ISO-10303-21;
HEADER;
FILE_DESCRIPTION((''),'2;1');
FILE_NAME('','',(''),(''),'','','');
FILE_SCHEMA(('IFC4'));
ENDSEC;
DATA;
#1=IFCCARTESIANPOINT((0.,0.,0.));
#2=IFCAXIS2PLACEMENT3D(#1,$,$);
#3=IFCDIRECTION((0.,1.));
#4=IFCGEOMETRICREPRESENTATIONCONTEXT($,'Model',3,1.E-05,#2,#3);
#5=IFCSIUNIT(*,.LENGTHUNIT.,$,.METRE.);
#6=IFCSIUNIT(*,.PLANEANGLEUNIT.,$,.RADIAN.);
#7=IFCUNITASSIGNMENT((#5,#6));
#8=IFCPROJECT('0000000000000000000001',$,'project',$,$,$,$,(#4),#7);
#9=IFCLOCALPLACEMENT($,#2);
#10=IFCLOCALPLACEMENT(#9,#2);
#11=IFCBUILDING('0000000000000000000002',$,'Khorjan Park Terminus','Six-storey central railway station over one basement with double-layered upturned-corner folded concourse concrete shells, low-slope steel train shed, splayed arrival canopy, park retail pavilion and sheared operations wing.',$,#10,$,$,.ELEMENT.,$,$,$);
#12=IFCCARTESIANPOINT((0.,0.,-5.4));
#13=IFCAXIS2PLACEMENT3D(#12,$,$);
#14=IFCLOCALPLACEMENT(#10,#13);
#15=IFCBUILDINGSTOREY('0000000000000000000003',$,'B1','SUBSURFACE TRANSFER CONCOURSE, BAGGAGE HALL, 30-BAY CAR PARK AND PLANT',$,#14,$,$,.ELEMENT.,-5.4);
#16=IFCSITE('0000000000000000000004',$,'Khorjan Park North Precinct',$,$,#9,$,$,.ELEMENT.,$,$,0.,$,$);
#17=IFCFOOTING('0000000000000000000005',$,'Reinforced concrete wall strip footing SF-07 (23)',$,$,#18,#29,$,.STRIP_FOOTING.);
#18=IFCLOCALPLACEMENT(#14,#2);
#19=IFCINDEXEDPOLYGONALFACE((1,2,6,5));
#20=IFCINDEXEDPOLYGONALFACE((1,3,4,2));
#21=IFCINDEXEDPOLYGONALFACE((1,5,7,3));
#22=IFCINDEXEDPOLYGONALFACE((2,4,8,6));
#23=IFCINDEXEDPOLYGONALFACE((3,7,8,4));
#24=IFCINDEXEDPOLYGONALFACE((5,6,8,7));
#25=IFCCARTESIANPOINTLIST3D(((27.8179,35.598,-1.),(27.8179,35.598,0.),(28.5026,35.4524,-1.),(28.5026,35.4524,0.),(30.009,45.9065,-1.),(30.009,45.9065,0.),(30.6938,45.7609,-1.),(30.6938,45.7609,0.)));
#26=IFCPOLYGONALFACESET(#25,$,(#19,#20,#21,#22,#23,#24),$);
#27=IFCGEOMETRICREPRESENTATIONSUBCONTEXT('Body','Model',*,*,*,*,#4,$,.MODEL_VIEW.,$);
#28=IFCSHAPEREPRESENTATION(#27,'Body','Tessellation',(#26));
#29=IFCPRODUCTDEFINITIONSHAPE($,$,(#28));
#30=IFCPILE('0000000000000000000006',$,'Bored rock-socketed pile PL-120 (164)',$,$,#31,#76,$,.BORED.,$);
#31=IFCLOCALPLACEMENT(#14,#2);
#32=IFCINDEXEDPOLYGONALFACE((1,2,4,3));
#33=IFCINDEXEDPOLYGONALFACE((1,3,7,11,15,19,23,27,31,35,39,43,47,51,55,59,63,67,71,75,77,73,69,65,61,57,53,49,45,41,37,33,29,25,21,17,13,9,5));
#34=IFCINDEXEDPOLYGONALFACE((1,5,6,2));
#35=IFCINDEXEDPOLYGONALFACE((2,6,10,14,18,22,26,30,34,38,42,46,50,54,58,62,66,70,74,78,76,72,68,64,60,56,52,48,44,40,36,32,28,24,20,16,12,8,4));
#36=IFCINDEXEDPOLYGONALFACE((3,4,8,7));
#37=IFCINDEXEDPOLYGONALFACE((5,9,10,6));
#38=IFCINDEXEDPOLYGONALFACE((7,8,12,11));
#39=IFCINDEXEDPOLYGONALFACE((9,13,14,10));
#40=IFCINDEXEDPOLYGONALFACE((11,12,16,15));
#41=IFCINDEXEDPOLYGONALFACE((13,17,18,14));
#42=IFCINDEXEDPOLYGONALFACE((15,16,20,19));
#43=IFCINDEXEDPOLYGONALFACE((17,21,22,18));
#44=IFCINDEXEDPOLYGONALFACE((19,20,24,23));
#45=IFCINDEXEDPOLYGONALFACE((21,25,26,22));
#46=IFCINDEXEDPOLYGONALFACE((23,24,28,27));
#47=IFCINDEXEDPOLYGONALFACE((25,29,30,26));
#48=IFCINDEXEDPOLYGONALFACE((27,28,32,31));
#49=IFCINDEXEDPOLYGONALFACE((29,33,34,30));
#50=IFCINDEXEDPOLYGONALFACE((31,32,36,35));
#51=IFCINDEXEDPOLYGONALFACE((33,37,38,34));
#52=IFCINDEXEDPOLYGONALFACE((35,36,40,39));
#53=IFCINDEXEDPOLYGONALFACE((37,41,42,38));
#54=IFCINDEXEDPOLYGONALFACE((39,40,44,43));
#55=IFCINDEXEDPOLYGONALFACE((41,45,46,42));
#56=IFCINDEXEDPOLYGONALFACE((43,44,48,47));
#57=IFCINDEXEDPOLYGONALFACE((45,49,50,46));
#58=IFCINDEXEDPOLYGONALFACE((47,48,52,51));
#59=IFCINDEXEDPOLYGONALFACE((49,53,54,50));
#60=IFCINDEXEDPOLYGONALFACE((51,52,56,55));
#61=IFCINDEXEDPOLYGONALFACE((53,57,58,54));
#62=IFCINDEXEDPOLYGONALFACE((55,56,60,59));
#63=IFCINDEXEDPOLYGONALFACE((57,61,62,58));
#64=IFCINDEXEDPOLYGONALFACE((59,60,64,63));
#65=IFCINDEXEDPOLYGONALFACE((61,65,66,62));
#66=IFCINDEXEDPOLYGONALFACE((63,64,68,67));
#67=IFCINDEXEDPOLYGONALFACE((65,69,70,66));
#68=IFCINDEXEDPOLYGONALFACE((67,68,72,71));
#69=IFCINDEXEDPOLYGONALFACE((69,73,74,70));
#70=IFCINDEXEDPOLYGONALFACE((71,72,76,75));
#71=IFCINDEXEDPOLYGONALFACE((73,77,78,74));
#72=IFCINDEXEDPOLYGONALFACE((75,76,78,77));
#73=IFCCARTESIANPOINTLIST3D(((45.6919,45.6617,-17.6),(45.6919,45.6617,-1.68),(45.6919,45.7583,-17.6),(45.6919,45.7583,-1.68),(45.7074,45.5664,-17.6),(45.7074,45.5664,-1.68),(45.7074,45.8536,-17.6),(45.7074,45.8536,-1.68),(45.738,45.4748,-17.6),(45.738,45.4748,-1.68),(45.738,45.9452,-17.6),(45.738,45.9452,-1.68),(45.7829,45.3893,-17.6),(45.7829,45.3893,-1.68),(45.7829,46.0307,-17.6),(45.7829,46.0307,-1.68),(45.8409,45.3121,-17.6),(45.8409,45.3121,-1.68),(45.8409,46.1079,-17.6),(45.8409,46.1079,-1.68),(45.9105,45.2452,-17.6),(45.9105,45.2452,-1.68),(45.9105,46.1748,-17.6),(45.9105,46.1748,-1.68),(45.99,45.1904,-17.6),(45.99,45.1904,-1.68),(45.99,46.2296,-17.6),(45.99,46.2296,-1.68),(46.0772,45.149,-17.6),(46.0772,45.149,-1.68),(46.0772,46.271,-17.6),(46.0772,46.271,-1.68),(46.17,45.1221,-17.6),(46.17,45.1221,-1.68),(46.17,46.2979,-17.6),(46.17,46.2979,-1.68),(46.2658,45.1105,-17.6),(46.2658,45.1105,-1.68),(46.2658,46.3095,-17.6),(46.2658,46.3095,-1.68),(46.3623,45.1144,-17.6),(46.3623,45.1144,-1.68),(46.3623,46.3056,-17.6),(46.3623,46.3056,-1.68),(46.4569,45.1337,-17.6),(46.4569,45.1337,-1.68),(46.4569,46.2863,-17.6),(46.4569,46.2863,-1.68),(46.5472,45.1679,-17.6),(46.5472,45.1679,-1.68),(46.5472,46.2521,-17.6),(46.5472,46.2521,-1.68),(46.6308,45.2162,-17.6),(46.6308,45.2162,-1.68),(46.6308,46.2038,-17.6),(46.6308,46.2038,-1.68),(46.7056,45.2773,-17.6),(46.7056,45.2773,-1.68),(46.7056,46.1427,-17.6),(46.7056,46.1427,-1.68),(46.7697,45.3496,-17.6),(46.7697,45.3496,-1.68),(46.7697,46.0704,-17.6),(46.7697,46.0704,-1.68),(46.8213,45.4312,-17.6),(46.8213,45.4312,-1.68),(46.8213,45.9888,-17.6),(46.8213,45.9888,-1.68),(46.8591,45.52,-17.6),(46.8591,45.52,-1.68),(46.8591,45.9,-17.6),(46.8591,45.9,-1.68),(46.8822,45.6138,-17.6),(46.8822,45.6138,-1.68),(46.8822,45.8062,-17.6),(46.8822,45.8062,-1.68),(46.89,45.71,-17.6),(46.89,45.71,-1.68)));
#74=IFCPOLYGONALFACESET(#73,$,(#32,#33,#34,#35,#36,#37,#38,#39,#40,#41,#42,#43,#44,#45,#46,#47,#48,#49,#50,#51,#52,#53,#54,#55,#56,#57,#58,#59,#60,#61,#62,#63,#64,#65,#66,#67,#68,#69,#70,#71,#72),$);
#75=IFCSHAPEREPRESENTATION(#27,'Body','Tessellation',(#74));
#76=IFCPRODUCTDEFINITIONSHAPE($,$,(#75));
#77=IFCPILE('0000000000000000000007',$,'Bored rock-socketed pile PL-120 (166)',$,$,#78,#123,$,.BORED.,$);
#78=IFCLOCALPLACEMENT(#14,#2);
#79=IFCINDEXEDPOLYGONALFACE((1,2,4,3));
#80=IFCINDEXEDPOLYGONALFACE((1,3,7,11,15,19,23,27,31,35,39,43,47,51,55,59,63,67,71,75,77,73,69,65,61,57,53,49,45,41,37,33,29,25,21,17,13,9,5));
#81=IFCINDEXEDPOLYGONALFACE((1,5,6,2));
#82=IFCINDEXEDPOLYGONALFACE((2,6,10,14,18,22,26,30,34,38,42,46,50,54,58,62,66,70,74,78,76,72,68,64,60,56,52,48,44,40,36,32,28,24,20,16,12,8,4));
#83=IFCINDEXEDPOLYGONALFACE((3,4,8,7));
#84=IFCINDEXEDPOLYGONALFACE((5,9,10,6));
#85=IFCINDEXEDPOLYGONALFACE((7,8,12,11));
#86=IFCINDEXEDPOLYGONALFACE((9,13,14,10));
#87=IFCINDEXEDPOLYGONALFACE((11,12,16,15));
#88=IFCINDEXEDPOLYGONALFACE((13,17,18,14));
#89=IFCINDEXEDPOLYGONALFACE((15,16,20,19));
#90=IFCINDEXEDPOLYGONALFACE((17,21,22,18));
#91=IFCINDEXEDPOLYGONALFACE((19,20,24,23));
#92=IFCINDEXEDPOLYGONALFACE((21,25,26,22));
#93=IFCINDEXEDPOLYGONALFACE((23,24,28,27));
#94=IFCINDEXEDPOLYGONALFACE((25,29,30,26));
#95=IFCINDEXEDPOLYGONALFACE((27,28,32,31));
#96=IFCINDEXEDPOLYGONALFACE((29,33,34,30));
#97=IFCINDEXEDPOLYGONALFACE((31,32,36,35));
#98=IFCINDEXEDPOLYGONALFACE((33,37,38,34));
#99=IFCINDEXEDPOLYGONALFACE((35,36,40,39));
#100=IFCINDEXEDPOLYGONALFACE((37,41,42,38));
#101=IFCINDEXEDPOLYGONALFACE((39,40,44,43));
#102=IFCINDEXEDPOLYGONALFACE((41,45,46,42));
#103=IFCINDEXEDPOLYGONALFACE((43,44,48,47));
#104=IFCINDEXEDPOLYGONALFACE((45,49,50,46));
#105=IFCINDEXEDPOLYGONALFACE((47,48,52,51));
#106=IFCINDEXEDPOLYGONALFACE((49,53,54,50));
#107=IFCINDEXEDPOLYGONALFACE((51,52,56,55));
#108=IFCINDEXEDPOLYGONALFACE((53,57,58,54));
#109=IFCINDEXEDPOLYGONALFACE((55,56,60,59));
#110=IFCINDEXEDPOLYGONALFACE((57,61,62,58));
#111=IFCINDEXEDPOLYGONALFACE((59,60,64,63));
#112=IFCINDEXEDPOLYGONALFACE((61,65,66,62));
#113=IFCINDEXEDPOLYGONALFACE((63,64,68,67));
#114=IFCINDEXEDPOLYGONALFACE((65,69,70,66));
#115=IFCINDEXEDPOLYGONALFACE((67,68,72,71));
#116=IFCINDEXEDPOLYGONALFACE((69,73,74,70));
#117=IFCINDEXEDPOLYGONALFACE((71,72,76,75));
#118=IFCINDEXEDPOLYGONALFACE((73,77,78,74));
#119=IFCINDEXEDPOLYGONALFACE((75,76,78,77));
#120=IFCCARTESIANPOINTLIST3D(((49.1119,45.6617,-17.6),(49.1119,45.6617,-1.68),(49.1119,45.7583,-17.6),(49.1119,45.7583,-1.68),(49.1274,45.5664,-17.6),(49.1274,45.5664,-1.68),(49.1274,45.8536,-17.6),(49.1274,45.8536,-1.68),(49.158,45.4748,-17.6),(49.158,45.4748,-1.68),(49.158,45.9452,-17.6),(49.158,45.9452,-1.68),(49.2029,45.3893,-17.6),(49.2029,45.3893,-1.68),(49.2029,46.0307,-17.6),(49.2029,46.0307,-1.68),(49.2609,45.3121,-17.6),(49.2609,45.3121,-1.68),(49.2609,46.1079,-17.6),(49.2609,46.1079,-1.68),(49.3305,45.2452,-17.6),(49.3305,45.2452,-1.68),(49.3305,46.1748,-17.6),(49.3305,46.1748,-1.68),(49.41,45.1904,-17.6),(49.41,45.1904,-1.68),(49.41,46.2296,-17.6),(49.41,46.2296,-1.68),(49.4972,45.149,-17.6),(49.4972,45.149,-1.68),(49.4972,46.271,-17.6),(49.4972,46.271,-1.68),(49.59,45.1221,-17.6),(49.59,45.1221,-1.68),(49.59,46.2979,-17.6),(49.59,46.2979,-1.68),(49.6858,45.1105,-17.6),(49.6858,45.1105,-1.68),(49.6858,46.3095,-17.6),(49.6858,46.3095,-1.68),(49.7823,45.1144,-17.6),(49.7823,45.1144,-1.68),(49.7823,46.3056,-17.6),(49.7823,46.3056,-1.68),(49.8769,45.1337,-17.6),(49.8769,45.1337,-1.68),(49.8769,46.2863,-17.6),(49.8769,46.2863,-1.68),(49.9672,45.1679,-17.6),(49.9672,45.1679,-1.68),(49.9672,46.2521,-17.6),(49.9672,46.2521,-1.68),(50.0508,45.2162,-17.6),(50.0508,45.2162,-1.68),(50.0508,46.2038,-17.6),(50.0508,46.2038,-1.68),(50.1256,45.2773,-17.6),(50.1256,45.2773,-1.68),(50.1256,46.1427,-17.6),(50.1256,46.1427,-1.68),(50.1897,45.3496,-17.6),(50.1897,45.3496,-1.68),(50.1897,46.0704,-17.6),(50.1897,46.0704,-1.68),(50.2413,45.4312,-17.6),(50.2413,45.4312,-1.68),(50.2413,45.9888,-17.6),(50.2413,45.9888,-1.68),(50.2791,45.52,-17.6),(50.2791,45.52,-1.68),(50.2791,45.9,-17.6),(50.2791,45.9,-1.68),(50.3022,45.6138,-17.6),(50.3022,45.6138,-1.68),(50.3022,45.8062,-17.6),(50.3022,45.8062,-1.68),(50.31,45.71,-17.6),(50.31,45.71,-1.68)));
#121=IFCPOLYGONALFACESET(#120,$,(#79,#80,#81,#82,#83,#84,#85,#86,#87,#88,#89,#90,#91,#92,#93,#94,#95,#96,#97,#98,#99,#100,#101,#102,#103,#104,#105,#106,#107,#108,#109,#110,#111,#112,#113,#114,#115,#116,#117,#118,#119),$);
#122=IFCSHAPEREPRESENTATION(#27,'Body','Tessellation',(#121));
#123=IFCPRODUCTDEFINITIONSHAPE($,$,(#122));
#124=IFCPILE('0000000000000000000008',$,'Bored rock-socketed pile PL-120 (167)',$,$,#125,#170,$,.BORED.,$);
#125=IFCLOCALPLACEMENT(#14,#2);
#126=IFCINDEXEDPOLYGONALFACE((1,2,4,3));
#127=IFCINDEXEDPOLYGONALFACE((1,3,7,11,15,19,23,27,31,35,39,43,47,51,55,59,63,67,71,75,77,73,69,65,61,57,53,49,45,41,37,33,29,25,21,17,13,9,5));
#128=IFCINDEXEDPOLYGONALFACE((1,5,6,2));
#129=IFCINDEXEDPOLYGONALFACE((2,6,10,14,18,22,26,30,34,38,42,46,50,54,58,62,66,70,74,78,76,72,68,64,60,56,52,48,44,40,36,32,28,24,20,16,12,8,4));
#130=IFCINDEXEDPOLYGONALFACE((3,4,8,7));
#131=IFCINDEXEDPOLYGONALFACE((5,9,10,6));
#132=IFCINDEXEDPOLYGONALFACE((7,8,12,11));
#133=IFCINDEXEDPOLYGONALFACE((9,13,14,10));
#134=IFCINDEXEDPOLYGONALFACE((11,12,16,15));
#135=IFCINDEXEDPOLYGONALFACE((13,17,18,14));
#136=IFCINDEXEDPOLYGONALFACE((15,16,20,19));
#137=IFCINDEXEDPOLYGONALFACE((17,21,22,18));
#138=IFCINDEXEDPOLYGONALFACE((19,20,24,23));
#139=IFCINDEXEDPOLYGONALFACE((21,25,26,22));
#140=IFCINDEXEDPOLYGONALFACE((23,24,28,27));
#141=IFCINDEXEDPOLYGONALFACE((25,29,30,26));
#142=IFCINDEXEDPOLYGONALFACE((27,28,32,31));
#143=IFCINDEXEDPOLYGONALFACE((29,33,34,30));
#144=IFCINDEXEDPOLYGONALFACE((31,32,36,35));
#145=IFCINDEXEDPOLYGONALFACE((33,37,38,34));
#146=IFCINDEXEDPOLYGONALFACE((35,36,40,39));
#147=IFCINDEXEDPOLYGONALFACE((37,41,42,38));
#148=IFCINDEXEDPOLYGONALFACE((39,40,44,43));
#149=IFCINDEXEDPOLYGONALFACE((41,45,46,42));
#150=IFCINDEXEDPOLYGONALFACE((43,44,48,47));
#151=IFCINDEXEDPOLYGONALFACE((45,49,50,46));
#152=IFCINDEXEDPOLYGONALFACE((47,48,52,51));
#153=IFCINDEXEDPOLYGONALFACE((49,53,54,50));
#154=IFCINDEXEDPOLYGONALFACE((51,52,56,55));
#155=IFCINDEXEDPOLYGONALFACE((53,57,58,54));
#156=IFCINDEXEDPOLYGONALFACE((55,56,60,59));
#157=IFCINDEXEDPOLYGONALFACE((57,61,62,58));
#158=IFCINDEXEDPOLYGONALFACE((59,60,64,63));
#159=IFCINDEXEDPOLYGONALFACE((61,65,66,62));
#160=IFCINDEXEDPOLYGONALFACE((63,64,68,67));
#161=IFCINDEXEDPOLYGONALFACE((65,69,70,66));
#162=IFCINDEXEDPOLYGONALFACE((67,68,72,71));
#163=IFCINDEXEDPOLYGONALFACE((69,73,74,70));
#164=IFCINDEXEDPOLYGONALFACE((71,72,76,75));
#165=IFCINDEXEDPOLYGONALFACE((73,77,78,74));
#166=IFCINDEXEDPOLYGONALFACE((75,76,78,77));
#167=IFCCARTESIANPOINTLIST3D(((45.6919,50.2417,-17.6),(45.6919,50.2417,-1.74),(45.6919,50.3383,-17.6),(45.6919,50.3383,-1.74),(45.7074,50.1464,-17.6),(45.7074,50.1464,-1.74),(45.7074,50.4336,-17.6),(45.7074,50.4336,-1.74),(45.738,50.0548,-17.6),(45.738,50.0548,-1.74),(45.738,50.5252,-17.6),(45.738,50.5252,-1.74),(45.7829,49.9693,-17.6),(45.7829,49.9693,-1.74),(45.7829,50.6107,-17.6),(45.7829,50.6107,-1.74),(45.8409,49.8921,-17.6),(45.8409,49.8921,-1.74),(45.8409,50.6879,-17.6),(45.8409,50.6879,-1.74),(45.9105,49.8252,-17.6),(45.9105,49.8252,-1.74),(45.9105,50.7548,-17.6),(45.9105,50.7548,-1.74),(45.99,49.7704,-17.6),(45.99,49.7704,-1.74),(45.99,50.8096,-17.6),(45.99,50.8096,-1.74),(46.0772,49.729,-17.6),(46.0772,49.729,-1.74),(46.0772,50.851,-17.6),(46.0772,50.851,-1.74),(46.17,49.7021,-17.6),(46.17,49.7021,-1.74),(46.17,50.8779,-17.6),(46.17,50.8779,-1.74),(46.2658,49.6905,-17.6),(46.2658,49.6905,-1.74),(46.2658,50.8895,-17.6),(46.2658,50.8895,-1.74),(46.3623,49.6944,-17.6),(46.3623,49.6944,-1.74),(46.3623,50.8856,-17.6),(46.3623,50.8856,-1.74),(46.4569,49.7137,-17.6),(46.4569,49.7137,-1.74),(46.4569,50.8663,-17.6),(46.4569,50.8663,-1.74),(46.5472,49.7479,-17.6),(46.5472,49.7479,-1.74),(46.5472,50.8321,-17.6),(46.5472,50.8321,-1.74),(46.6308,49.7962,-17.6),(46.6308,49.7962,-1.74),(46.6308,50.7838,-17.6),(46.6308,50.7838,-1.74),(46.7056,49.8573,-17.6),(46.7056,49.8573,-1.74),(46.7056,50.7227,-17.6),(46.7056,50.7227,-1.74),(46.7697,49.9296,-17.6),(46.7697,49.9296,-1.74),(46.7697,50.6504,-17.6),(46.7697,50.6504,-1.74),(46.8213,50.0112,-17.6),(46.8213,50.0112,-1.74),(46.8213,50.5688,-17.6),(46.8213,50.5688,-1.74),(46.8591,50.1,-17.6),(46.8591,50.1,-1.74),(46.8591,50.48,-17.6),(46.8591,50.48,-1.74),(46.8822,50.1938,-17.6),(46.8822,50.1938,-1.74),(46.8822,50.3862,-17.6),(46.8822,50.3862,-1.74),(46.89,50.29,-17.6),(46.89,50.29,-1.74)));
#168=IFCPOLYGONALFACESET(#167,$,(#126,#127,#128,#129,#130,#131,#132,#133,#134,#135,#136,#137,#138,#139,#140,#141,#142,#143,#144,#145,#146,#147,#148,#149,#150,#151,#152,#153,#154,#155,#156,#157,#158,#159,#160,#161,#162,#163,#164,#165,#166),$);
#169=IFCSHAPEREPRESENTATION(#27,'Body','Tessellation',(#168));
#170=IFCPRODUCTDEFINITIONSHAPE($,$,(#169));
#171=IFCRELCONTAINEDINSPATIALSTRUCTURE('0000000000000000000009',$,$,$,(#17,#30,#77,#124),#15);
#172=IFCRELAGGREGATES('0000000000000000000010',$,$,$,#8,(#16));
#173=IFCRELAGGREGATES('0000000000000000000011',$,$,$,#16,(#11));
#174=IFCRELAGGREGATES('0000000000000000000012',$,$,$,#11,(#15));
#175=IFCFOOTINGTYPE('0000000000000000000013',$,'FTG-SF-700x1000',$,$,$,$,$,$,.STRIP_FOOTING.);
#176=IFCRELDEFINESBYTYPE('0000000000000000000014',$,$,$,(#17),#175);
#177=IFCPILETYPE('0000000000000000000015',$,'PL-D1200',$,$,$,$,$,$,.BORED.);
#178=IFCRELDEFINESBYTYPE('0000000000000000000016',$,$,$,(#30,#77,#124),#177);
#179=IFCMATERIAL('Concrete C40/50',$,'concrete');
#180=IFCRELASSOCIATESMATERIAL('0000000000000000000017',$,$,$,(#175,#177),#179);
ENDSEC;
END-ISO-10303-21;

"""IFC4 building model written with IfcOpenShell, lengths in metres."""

from ifc_helpers import new_model, si_unit, direction, frame, origin, origin_2d, place, context, subcontext, project, spatial, rectangle, circle, extrude, material, material_profile, profile_set, type_object, element, save


model = new_model("IFC4")

# Units and contexts
model_context = context("Model", 3, precision=1e-05, world=origin(), true_north=direction((0.0, 1.0)))
body_context = subcontext(model_context, "Body", "Model", "MODEL_VIEW")
ifc_project = project(units=[si_unit("LENGTHUNIT", "METRE"), si_unit("PLANEANGLEUNIT", "RADIAN")], contexts=[model_context])

# Site, building, storey
site_placement = place(None, origin())
site = spatial("IfcSite", under=ifc_project, at=site_placement, Name="Khorjan Park North Precinct", CompositionType="ELEMENT", RefElevation=0.0)
building_placement = place(site_placement, origin())
building = spatial("IfcBuilding", under=site, at=building_placement, Name="Khorjan Park Terminus", Description="Six-storey central railway station over one basement with double-layered upturned-corner folded concourse concrete shells, low-slope steel train shed, splayed arrival canopy, park retail pavilion and sheared operations wing.", CompositionType="ELEMENT")
storey_placement = place(building_placement, frame((0.0, 0.0, -5.4)))
storey = spatial("IfcBuildingStorey", under=building, at=storey_placement, Name="B1", Description="SUBSURFACE TRANSFER CONCOURSE, BAGGAGE HALL, 30-BAY CAR PARK AND PLANT", CompositionType="ELEMENT", Elevation=-5.4)

# Footing
ifc_material_1 = material(Name="Concrete C40/50", Category="concrete")
ifc_material_profile_1 = material_profile(ifc_material_1, rectangle(XDim=0.7, YDim=1.0, at=origin_2d()), Name="RC 700x1000")
ifc_profile_set_1 = profile_set([ifc_material_profile_1], Name="Concrete C40/50")
footing_type_1 = type_object("IfcFootingType", Name="FTG-SF-700x1000", PredefinedType="STRIP_FOOTING", material=ifc_profile_set_1)
footing_1_placement = place(storey_placement, frame((30.3514, 45.8337, -0.5), z_axis=(-0.207917, -0.978146, 0.0), x_axis=(0.978146, -0.207917, 0.0)))
element("IfcFooting", 1, at=footing_1_placement, inside=storey, type_object=footing_type_1, Name="Reinforced concrete wall strip footing SF-07 (23)", PredefinedType="STRIP_FOOTING", context=body_context, shape_type="SweptSolid", body=[
    extrude(rectangle(XDim=0.7, YDim=1.0, at=origin_2d()), origin(), (0.0, 0.0, 1.0), 10.5388),
])

# Piles
ifc_material_profile_2 = material_profile(ifc_material_1, circle(Radius=0.6, at=origin_2d()), Name="BORED D1200")
ifc_profile_set_2 = profile_set([ifc_material_profile_2], Name="Concrete C40/50")
pile_type_1 = type_object("IfcPileType", Name="PL-D1200", PredefinedType="BORED", material=ifc_profile_set_2)
for number, where, z_axis, x_axis, name in (
    (2, (46.29, 45.71, -1.68), (0.0, 0.0, -1.0), (1.0, 0.0, 0.0), "Bored rock-socketed pile PL-120 (164)"),
    (3, (49.71, 45.71, -1.68), (0.0, 0.0, -1.0), (1.0, 0.0, 0.0), "Bored rock-socketed pile PL-120 (166)"),
):
    element("IfcPile", number, at=place(storey_placement, frame(where, z_axis=z_axis, x_axis=x_axis)), inside=storey, type_object=pile_type_1, Name=name, PredefinedType="BORED", context=body_context, shape_type="SweptSolid", body=[
        extrude(circle(Radius=0.6, at=origin_2d()), origin(), (0.0, 0.0, 1.0), 15.92),
    ])
pile_1_placement = place(storey_placement, frame((46.29, 50.29, -1.74), z_axis=(0.0, 0.0, -1.0), x_axis=(1.0, 0.0, 0.0)))
element("IfcPile", 4, at=pile_1_placement, inside=storey, type_object=pile_type_1, Name="Bored rock-socketed pile PL-120 (167)", PredefinedType="BORED", context=body_context, shape_type="SweptSolid", body=[
    extrude(circle(Radius=0.6, at=origin_2d()), origin(), (0.0, 0.0, 1.0), 15.86),
])

save(model, "model.ifc")
